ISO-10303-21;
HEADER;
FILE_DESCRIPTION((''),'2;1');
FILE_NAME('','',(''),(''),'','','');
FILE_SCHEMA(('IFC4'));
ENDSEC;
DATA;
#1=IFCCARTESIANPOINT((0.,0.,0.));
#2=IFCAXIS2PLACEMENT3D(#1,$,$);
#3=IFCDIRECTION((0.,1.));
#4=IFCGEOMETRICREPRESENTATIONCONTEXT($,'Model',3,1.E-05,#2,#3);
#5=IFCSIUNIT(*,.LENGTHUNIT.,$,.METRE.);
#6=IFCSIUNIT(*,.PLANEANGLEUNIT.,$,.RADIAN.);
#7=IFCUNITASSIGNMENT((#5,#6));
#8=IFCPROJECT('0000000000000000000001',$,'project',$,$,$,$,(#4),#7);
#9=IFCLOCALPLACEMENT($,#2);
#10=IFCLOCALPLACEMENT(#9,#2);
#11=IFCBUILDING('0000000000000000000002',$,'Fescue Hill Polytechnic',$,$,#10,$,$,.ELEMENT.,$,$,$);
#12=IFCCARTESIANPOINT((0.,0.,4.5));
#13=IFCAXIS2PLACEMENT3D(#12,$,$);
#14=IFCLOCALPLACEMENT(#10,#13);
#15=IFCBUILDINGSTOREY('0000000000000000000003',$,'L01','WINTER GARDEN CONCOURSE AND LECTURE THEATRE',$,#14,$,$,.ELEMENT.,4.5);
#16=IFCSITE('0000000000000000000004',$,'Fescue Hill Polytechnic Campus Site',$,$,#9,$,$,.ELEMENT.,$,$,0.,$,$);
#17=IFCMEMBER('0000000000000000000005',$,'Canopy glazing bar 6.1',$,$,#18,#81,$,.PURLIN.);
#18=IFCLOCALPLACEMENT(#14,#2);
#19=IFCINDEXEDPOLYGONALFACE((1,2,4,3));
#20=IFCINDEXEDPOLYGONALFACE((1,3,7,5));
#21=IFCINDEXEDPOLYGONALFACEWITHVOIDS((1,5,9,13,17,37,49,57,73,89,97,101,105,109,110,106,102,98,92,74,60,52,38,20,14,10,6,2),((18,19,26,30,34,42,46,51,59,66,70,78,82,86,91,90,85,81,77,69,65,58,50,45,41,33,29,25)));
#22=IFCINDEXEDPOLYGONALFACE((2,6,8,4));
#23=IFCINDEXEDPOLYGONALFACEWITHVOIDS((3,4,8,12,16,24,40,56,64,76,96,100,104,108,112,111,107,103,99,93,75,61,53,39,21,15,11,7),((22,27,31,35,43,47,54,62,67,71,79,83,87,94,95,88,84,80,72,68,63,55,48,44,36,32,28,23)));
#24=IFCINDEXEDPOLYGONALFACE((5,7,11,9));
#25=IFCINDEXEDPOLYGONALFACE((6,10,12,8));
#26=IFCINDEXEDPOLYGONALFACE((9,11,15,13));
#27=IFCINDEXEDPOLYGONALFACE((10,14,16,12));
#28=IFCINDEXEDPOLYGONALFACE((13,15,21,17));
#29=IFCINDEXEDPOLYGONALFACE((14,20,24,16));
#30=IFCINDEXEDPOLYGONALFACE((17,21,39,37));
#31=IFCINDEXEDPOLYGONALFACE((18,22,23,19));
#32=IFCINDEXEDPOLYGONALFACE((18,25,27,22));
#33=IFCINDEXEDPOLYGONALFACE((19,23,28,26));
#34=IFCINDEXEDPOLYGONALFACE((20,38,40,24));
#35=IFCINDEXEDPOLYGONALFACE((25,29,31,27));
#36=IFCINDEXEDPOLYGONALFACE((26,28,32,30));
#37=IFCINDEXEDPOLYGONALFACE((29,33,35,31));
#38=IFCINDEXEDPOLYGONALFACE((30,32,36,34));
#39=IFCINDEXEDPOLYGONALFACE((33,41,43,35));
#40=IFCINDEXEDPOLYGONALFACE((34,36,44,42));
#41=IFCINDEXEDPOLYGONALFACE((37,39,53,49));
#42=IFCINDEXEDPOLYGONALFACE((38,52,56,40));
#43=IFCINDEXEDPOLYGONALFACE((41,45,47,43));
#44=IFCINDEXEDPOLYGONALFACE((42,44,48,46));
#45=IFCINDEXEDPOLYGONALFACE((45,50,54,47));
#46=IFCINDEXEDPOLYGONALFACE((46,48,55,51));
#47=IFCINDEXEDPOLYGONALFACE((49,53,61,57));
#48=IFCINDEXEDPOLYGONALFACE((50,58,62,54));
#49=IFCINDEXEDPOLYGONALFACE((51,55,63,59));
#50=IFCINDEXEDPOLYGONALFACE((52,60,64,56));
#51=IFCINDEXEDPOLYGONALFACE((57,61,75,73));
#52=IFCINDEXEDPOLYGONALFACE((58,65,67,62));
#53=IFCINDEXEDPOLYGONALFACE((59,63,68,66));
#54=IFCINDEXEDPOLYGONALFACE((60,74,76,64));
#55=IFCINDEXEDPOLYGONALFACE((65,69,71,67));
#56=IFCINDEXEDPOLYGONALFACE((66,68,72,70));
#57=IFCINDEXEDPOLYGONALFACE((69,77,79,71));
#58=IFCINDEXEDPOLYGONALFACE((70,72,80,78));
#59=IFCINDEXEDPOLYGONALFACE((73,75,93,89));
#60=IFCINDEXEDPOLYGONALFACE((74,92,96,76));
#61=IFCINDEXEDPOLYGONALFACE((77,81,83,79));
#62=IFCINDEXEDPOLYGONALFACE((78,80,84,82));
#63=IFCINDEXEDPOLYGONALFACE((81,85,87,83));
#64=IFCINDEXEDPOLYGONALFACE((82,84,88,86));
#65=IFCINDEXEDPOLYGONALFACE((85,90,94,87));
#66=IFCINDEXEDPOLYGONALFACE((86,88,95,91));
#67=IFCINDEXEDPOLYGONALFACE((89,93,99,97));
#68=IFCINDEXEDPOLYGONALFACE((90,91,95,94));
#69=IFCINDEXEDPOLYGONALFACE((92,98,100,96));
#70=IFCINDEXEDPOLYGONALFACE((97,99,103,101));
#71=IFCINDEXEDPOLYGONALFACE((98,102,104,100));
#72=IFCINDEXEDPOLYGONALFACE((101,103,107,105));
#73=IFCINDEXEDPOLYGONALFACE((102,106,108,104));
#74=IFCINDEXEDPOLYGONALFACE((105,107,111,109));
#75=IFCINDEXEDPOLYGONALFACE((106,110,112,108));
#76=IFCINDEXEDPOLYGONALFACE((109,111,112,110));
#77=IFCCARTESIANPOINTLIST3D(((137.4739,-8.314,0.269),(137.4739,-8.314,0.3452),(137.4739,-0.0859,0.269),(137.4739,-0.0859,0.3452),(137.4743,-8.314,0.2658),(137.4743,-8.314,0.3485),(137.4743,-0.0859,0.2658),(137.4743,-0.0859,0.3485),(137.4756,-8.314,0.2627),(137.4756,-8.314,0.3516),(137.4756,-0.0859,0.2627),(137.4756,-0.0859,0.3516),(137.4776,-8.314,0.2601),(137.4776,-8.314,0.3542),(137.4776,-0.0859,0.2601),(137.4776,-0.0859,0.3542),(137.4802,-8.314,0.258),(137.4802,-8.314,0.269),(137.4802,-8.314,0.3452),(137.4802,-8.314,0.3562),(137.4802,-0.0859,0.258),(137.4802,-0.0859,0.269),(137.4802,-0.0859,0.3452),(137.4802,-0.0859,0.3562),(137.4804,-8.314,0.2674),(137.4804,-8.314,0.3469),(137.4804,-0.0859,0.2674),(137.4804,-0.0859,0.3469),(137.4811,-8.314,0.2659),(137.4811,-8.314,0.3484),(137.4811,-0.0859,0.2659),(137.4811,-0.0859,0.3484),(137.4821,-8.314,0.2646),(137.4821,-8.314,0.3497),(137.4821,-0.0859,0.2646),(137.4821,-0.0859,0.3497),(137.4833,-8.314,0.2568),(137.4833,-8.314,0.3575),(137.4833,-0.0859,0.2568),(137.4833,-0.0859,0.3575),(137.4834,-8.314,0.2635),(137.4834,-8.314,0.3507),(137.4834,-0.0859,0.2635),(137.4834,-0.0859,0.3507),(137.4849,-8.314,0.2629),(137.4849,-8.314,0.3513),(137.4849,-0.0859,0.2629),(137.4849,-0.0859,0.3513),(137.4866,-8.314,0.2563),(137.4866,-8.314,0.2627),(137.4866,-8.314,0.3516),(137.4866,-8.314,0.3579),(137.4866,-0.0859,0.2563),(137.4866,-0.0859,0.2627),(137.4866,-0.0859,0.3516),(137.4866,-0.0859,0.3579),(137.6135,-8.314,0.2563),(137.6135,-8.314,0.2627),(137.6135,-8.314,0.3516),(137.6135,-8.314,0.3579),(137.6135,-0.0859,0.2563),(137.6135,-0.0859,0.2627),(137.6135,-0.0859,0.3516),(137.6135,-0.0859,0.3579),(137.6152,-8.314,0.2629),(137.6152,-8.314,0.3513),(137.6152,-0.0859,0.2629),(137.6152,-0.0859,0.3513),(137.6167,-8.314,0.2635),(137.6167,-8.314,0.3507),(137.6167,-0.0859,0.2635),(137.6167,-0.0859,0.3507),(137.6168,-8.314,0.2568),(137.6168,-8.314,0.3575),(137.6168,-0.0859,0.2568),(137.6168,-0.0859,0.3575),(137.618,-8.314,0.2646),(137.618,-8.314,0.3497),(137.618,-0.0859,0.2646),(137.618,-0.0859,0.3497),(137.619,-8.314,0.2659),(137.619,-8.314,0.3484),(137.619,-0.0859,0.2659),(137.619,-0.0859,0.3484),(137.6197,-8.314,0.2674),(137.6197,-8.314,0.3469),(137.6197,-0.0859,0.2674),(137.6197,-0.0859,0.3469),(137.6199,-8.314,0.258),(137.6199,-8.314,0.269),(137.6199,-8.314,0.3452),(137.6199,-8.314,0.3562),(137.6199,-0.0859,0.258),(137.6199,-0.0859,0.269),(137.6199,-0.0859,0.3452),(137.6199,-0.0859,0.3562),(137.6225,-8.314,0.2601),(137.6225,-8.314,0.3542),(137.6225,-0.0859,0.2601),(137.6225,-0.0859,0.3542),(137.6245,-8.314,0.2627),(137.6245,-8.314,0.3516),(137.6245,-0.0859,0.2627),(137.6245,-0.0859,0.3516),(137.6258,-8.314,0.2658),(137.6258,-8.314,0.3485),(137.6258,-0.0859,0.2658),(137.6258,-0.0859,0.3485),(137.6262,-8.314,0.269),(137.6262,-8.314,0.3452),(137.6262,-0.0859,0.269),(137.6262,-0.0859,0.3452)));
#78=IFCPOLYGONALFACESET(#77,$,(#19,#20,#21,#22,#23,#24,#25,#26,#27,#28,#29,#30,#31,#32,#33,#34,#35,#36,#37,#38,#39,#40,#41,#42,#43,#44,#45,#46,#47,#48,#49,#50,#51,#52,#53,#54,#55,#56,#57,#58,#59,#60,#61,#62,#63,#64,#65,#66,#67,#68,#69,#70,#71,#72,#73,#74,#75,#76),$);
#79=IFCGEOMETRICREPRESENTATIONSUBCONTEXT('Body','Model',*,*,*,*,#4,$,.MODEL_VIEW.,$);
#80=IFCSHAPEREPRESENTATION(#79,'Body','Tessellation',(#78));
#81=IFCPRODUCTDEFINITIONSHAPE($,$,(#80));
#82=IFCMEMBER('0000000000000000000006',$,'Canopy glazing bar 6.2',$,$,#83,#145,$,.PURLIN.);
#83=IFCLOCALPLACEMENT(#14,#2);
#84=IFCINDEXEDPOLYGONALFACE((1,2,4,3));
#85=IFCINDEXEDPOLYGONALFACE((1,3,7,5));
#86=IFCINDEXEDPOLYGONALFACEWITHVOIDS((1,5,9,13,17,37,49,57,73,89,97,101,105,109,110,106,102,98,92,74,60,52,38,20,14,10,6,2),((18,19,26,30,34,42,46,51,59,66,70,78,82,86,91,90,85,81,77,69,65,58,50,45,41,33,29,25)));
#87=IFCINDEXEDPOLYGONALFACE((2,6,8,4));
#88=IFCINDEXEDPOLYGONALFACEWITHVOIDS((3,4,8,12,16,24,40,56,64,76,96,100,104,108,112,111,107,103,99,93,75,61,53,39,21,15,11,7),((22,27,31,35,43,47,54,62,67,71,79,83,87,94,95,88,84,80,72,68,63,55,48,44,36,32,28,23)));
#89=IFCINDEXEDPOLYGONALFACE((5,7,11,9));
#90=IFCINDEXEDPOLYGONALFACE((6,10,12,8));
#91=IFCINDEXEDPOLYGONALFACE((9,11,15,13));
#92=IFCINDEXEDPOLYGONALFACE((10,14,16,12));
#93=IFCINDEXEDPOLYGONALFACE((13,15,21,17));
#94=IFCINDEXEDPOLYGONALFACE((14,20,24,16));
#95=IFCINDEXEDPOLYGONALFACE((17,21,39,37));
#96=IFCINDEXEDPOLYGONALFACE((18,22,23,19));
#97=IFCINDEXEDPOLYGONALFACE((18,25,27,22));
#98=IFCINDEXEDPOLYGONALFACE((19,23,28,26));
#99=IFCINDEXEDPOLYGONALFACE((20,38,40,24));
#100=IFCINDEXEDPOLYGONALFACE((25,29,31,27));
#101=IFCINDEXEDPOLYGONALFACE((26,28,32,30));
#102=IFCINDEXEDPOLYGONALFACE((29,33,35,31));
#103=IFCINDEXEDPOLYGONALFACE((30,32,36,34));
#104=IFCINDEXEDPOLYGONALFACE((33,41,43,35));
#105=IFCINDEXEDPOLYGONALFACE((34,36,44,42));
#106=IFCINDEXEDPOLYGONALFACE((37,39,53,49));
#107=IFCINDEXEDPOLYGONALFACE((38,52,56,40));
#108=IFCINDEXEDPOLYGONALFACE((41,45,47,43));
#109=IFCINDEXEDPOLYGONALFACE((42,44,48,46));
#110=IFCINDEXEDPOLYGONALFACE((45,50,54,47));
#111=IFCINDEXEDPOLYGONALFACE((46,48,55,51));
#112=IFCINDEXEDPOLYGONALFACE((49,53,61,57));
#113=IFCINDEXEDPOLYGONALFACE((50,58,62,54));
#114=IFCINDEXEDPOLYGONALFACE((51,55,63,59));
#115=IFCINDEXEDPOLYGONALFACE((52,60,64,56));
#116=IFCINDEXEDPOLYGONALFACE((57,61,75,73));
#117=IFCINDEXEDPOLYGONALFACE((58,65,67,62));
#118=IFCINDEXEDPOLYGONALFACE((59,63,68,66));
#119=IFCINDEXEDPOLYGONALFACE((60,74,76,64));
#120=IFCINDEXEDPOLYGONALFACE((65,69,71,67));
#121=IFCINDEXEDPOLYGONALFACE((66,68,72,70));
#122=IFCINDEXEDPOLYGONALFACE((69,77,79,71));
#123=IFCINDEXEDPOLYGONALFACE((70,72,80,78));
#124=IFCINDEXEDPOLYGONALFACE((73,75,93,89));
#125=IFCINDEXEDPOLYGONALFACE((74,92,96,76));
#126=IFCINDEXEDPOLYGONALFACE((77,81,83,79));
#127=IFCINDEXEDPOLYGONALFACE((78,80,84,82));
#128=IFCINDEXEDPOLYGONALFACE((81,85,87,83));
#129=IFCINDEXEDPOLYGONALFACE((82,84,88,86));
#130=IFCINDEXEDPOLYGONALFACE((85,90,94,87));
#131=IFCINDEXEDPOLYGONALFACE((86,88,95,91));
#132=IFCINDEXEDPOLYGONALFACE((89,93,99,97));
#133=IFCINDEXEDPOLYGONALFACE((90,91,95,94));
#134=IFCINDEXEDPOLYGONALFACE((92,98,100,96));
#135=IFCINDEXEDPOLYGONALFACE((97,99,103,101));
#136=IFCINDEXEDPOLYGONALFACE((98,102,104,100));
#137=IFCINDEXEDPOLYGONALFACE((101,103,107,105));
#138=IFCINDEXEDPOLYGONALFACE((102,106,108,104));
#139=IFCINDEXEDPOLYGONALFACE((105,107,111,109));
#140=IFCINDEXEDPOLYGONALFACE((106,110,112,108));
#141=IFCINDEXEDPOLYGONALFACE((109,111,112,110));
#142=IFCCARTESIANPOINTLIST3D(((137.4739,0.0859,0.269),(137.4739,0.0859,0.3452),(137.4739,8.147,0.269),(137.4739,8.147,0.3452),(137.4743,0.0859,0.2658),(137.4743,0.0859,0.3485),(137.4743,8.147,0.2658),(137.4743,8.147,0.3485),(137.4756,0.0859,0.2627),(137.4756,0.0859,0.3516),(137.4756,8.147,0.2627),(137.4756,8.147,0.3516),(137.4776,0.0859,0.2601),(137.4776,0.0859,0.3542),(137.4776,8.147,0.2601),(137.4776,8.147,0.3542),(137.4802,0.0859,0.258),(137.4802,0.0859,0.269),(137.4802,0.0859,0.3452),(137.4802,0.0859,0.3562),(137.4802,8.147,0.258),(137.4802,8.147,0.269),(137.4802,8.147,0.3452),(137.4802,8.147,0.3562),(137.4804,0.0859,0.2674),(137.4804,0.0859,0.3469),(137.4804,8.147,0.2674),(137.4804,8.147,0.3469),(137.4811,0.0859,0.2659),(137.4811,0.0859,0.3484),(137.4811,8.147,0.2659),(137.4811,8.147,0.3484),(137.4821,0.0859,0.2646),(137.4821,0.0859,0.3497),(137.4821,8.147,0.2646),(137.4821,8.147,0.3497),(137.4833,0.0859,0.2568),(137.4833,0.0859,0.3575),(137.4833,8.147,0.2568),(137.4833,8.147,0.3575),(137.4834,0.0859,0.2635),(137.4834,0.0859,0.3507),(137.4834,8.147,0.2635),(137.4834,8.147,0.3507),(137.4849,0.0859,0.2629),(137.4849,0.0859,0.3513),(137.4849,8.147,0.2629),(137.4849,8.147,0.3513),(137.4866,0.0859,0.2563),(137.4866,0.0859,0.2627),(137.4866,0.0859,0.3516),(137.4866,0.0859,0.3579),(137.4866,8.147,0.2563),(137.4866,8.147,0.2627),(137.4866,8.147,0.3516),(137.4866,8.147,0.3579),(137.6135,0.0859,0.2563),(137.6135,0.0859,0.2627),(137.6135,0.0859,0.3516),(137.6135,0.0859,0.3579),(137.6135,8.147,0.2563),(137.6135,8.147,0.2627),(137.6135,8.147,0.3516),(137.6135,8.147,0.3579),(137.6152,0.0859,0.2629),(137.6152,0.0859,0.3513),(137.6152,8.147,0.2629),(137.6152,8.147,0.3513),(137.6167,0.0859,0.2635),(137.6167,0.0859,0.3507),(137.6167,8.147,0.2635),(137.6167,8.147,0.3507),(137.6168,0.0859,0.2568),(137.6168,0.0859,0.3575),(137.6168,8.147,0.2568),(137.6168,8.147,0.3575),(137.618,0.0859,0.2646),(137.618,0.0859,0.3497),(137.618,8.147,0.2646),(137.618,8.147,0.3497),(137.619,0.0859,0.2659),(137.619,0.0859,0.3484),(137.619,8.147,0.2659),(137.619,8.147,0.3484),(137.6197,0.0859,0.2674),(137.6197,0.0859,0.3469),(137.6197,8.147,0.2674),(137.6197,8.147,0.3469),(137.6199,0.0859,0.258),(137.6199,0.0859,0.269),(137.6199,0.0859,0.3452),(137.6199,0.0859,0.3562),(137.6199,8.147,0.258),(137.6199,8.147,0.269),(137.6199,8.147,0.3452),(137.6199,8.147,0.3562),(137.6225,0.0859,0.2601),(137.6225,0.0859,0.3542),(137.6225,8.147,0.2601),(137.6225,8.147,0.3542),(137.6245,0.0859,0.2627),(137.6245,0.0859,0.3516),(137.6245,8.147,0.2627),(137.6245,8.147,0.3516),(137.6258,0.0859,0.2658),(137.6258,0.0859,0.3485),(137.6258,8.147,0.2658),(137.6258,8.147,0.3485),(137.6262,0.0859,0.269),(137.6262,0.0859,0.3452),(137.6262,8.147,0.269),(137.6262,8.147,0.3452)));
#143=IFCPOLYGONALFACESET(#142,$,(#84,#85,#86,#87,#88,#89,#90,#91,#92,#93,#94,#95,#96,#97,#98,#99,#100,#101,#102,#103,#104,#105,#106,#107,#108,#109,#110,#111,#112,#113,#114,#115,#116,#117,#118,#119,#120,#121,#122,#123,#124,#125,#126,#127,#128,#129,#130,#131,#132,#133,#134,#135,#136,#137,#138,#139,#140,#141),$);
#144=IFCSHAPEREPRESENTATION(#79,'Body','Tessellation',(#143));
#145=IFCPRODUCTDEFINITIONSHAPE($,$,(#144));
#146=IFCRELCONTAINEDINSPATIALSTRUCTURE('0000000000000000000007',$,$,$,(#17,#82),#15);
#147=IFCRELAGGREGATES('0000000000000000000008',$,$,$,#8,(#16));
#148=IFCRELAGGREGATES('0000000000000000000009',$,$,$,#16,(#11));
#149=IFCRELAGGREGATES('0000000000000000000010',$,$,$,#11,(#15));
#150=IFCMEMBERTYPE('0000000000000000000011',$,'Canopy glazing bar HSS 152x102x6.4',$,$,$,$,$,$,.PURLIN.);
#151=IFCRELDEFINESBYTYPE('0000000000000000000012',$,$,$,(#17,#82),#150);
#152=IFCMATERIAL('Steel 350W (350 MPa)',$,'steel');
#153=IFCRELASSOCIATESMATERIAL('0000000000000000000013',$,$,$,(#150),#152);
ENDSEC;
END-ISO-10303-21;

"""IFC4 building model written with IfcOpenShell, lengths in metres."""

from ifc_helpers import new_model, si_unit, direction, frame, origin, origin_2d, place, context, subcontext, project, spatial, hollow_rectangle, extrude, material, material_profile, profile_set, type_object, element, save


model = new_model("IFC4")

# Units and contexts
model_context = context("Model", 3, precision=1e-05, world=origin(), true_north=direction((0.0, 1.0)))
body_context = subcontext(model_context, "Body", "Model", "MODEL_VIEW")
ifc_project = project(units=[si_unit("LENGTHUNIT", "METRE"), si_unit("PLANEANGLEUNIT", "RADIAN")], contexts=[model_context])

# Site, building, storey
site_placement = place(None, origin())
site = spatial("IfcSite", under=ifc_project, at=site_placement, Name="Fescue Hill Polytechnic Campus Site", CompositionType="ELEMENT", RefElevation=0.0)
building_placement = place(site_placement, origin())
building = spatial("IfcBuilding", under=site, at=building_placement, Name="Fescue Hill Polytechnic", CompositionType="ELEMENT")
storey_placement = place(building_placement, frame((0.0, 0.0, 4.5)))
storey = spatial("IfcBuildingStorey", under=building, at=storey_placement, Name="L01", Description="WINTER GARDEN CONCOURSE AND LECTURE THEATRE", CompositionType="ELEMENT", Elevation=4.5)

# Members
ifc_material_1 = material(Name="Steel 350W (350 MPa)", Category="steel")
ifc_material_profile_1 = material_profile(ifc_material_1, hollow_rectangle(XDim=0.1016, YDim=0.1523, WallThickness=0.0063, InnerFilletRadius=0.0063, OuterFilletRadius=0.0127, at=origin_2d()), Name="Canopy glazing bar HSS 152x102x6.4")
ifc_profile_set_1 = profile_set([ifc_material_profile_1], Name="Steel 350W (350 MPa)")
member_type_1 = type_object("IfcMemberType", Name="Canopy glazing bar HSS 152x102x6.4", PredefinedType="PURLIN", material=ifc_profile_set_1)
member_1_placement = place(storey_placement, frame((137.55, -8.314, 0.3071), z_axis=(0.0, 1.0, 0.0), x_axis=(0.0, 0.0, 1.0)))
element("IfcMember", 1, at=member_1_placement, inside=storey, type_object=member_type_1, Name="Canopy glazing bar 6.1", PredefinedType="PURLIN", context=body_context, shape_type="SweptSolid", body=[
    extrude(hollow_rectangle(XDim=0.1016, YDim=0.1523, WallThickness=0.0063, InnerFilletRadius=0.0063, OuterFilletRadius=0.0127, at=origin_2d()), origin(), (0.0, 0.0, 1.0), 8.228),
])
member_2_placement = place(storey_placement, frame((137.55, 0.0859, 0.3071), z_axis=(0.0, 1.0, 0.0), x_axis=(0.0, 0.0, 1.0)))
element("IfcMember", 2, at=member_2_placement, inside=storey, type_object=member_type_1, Name="Canopy glazing bar 6.2", PredefinedType="PURLIN", context=body_context, shape_type="SweptSolid", body=[
    extrude(hollow_rectangle(XDim=0.1016, YDim=0.1523, WallThickness=0.0063, InnerFilletRadius=0.0063, OuterFilletRadius=0.0127, at=origin_2d()), origin(), (0.0, 0.0, 1.0), 8.061),
])

save(model, "model.ifc")
